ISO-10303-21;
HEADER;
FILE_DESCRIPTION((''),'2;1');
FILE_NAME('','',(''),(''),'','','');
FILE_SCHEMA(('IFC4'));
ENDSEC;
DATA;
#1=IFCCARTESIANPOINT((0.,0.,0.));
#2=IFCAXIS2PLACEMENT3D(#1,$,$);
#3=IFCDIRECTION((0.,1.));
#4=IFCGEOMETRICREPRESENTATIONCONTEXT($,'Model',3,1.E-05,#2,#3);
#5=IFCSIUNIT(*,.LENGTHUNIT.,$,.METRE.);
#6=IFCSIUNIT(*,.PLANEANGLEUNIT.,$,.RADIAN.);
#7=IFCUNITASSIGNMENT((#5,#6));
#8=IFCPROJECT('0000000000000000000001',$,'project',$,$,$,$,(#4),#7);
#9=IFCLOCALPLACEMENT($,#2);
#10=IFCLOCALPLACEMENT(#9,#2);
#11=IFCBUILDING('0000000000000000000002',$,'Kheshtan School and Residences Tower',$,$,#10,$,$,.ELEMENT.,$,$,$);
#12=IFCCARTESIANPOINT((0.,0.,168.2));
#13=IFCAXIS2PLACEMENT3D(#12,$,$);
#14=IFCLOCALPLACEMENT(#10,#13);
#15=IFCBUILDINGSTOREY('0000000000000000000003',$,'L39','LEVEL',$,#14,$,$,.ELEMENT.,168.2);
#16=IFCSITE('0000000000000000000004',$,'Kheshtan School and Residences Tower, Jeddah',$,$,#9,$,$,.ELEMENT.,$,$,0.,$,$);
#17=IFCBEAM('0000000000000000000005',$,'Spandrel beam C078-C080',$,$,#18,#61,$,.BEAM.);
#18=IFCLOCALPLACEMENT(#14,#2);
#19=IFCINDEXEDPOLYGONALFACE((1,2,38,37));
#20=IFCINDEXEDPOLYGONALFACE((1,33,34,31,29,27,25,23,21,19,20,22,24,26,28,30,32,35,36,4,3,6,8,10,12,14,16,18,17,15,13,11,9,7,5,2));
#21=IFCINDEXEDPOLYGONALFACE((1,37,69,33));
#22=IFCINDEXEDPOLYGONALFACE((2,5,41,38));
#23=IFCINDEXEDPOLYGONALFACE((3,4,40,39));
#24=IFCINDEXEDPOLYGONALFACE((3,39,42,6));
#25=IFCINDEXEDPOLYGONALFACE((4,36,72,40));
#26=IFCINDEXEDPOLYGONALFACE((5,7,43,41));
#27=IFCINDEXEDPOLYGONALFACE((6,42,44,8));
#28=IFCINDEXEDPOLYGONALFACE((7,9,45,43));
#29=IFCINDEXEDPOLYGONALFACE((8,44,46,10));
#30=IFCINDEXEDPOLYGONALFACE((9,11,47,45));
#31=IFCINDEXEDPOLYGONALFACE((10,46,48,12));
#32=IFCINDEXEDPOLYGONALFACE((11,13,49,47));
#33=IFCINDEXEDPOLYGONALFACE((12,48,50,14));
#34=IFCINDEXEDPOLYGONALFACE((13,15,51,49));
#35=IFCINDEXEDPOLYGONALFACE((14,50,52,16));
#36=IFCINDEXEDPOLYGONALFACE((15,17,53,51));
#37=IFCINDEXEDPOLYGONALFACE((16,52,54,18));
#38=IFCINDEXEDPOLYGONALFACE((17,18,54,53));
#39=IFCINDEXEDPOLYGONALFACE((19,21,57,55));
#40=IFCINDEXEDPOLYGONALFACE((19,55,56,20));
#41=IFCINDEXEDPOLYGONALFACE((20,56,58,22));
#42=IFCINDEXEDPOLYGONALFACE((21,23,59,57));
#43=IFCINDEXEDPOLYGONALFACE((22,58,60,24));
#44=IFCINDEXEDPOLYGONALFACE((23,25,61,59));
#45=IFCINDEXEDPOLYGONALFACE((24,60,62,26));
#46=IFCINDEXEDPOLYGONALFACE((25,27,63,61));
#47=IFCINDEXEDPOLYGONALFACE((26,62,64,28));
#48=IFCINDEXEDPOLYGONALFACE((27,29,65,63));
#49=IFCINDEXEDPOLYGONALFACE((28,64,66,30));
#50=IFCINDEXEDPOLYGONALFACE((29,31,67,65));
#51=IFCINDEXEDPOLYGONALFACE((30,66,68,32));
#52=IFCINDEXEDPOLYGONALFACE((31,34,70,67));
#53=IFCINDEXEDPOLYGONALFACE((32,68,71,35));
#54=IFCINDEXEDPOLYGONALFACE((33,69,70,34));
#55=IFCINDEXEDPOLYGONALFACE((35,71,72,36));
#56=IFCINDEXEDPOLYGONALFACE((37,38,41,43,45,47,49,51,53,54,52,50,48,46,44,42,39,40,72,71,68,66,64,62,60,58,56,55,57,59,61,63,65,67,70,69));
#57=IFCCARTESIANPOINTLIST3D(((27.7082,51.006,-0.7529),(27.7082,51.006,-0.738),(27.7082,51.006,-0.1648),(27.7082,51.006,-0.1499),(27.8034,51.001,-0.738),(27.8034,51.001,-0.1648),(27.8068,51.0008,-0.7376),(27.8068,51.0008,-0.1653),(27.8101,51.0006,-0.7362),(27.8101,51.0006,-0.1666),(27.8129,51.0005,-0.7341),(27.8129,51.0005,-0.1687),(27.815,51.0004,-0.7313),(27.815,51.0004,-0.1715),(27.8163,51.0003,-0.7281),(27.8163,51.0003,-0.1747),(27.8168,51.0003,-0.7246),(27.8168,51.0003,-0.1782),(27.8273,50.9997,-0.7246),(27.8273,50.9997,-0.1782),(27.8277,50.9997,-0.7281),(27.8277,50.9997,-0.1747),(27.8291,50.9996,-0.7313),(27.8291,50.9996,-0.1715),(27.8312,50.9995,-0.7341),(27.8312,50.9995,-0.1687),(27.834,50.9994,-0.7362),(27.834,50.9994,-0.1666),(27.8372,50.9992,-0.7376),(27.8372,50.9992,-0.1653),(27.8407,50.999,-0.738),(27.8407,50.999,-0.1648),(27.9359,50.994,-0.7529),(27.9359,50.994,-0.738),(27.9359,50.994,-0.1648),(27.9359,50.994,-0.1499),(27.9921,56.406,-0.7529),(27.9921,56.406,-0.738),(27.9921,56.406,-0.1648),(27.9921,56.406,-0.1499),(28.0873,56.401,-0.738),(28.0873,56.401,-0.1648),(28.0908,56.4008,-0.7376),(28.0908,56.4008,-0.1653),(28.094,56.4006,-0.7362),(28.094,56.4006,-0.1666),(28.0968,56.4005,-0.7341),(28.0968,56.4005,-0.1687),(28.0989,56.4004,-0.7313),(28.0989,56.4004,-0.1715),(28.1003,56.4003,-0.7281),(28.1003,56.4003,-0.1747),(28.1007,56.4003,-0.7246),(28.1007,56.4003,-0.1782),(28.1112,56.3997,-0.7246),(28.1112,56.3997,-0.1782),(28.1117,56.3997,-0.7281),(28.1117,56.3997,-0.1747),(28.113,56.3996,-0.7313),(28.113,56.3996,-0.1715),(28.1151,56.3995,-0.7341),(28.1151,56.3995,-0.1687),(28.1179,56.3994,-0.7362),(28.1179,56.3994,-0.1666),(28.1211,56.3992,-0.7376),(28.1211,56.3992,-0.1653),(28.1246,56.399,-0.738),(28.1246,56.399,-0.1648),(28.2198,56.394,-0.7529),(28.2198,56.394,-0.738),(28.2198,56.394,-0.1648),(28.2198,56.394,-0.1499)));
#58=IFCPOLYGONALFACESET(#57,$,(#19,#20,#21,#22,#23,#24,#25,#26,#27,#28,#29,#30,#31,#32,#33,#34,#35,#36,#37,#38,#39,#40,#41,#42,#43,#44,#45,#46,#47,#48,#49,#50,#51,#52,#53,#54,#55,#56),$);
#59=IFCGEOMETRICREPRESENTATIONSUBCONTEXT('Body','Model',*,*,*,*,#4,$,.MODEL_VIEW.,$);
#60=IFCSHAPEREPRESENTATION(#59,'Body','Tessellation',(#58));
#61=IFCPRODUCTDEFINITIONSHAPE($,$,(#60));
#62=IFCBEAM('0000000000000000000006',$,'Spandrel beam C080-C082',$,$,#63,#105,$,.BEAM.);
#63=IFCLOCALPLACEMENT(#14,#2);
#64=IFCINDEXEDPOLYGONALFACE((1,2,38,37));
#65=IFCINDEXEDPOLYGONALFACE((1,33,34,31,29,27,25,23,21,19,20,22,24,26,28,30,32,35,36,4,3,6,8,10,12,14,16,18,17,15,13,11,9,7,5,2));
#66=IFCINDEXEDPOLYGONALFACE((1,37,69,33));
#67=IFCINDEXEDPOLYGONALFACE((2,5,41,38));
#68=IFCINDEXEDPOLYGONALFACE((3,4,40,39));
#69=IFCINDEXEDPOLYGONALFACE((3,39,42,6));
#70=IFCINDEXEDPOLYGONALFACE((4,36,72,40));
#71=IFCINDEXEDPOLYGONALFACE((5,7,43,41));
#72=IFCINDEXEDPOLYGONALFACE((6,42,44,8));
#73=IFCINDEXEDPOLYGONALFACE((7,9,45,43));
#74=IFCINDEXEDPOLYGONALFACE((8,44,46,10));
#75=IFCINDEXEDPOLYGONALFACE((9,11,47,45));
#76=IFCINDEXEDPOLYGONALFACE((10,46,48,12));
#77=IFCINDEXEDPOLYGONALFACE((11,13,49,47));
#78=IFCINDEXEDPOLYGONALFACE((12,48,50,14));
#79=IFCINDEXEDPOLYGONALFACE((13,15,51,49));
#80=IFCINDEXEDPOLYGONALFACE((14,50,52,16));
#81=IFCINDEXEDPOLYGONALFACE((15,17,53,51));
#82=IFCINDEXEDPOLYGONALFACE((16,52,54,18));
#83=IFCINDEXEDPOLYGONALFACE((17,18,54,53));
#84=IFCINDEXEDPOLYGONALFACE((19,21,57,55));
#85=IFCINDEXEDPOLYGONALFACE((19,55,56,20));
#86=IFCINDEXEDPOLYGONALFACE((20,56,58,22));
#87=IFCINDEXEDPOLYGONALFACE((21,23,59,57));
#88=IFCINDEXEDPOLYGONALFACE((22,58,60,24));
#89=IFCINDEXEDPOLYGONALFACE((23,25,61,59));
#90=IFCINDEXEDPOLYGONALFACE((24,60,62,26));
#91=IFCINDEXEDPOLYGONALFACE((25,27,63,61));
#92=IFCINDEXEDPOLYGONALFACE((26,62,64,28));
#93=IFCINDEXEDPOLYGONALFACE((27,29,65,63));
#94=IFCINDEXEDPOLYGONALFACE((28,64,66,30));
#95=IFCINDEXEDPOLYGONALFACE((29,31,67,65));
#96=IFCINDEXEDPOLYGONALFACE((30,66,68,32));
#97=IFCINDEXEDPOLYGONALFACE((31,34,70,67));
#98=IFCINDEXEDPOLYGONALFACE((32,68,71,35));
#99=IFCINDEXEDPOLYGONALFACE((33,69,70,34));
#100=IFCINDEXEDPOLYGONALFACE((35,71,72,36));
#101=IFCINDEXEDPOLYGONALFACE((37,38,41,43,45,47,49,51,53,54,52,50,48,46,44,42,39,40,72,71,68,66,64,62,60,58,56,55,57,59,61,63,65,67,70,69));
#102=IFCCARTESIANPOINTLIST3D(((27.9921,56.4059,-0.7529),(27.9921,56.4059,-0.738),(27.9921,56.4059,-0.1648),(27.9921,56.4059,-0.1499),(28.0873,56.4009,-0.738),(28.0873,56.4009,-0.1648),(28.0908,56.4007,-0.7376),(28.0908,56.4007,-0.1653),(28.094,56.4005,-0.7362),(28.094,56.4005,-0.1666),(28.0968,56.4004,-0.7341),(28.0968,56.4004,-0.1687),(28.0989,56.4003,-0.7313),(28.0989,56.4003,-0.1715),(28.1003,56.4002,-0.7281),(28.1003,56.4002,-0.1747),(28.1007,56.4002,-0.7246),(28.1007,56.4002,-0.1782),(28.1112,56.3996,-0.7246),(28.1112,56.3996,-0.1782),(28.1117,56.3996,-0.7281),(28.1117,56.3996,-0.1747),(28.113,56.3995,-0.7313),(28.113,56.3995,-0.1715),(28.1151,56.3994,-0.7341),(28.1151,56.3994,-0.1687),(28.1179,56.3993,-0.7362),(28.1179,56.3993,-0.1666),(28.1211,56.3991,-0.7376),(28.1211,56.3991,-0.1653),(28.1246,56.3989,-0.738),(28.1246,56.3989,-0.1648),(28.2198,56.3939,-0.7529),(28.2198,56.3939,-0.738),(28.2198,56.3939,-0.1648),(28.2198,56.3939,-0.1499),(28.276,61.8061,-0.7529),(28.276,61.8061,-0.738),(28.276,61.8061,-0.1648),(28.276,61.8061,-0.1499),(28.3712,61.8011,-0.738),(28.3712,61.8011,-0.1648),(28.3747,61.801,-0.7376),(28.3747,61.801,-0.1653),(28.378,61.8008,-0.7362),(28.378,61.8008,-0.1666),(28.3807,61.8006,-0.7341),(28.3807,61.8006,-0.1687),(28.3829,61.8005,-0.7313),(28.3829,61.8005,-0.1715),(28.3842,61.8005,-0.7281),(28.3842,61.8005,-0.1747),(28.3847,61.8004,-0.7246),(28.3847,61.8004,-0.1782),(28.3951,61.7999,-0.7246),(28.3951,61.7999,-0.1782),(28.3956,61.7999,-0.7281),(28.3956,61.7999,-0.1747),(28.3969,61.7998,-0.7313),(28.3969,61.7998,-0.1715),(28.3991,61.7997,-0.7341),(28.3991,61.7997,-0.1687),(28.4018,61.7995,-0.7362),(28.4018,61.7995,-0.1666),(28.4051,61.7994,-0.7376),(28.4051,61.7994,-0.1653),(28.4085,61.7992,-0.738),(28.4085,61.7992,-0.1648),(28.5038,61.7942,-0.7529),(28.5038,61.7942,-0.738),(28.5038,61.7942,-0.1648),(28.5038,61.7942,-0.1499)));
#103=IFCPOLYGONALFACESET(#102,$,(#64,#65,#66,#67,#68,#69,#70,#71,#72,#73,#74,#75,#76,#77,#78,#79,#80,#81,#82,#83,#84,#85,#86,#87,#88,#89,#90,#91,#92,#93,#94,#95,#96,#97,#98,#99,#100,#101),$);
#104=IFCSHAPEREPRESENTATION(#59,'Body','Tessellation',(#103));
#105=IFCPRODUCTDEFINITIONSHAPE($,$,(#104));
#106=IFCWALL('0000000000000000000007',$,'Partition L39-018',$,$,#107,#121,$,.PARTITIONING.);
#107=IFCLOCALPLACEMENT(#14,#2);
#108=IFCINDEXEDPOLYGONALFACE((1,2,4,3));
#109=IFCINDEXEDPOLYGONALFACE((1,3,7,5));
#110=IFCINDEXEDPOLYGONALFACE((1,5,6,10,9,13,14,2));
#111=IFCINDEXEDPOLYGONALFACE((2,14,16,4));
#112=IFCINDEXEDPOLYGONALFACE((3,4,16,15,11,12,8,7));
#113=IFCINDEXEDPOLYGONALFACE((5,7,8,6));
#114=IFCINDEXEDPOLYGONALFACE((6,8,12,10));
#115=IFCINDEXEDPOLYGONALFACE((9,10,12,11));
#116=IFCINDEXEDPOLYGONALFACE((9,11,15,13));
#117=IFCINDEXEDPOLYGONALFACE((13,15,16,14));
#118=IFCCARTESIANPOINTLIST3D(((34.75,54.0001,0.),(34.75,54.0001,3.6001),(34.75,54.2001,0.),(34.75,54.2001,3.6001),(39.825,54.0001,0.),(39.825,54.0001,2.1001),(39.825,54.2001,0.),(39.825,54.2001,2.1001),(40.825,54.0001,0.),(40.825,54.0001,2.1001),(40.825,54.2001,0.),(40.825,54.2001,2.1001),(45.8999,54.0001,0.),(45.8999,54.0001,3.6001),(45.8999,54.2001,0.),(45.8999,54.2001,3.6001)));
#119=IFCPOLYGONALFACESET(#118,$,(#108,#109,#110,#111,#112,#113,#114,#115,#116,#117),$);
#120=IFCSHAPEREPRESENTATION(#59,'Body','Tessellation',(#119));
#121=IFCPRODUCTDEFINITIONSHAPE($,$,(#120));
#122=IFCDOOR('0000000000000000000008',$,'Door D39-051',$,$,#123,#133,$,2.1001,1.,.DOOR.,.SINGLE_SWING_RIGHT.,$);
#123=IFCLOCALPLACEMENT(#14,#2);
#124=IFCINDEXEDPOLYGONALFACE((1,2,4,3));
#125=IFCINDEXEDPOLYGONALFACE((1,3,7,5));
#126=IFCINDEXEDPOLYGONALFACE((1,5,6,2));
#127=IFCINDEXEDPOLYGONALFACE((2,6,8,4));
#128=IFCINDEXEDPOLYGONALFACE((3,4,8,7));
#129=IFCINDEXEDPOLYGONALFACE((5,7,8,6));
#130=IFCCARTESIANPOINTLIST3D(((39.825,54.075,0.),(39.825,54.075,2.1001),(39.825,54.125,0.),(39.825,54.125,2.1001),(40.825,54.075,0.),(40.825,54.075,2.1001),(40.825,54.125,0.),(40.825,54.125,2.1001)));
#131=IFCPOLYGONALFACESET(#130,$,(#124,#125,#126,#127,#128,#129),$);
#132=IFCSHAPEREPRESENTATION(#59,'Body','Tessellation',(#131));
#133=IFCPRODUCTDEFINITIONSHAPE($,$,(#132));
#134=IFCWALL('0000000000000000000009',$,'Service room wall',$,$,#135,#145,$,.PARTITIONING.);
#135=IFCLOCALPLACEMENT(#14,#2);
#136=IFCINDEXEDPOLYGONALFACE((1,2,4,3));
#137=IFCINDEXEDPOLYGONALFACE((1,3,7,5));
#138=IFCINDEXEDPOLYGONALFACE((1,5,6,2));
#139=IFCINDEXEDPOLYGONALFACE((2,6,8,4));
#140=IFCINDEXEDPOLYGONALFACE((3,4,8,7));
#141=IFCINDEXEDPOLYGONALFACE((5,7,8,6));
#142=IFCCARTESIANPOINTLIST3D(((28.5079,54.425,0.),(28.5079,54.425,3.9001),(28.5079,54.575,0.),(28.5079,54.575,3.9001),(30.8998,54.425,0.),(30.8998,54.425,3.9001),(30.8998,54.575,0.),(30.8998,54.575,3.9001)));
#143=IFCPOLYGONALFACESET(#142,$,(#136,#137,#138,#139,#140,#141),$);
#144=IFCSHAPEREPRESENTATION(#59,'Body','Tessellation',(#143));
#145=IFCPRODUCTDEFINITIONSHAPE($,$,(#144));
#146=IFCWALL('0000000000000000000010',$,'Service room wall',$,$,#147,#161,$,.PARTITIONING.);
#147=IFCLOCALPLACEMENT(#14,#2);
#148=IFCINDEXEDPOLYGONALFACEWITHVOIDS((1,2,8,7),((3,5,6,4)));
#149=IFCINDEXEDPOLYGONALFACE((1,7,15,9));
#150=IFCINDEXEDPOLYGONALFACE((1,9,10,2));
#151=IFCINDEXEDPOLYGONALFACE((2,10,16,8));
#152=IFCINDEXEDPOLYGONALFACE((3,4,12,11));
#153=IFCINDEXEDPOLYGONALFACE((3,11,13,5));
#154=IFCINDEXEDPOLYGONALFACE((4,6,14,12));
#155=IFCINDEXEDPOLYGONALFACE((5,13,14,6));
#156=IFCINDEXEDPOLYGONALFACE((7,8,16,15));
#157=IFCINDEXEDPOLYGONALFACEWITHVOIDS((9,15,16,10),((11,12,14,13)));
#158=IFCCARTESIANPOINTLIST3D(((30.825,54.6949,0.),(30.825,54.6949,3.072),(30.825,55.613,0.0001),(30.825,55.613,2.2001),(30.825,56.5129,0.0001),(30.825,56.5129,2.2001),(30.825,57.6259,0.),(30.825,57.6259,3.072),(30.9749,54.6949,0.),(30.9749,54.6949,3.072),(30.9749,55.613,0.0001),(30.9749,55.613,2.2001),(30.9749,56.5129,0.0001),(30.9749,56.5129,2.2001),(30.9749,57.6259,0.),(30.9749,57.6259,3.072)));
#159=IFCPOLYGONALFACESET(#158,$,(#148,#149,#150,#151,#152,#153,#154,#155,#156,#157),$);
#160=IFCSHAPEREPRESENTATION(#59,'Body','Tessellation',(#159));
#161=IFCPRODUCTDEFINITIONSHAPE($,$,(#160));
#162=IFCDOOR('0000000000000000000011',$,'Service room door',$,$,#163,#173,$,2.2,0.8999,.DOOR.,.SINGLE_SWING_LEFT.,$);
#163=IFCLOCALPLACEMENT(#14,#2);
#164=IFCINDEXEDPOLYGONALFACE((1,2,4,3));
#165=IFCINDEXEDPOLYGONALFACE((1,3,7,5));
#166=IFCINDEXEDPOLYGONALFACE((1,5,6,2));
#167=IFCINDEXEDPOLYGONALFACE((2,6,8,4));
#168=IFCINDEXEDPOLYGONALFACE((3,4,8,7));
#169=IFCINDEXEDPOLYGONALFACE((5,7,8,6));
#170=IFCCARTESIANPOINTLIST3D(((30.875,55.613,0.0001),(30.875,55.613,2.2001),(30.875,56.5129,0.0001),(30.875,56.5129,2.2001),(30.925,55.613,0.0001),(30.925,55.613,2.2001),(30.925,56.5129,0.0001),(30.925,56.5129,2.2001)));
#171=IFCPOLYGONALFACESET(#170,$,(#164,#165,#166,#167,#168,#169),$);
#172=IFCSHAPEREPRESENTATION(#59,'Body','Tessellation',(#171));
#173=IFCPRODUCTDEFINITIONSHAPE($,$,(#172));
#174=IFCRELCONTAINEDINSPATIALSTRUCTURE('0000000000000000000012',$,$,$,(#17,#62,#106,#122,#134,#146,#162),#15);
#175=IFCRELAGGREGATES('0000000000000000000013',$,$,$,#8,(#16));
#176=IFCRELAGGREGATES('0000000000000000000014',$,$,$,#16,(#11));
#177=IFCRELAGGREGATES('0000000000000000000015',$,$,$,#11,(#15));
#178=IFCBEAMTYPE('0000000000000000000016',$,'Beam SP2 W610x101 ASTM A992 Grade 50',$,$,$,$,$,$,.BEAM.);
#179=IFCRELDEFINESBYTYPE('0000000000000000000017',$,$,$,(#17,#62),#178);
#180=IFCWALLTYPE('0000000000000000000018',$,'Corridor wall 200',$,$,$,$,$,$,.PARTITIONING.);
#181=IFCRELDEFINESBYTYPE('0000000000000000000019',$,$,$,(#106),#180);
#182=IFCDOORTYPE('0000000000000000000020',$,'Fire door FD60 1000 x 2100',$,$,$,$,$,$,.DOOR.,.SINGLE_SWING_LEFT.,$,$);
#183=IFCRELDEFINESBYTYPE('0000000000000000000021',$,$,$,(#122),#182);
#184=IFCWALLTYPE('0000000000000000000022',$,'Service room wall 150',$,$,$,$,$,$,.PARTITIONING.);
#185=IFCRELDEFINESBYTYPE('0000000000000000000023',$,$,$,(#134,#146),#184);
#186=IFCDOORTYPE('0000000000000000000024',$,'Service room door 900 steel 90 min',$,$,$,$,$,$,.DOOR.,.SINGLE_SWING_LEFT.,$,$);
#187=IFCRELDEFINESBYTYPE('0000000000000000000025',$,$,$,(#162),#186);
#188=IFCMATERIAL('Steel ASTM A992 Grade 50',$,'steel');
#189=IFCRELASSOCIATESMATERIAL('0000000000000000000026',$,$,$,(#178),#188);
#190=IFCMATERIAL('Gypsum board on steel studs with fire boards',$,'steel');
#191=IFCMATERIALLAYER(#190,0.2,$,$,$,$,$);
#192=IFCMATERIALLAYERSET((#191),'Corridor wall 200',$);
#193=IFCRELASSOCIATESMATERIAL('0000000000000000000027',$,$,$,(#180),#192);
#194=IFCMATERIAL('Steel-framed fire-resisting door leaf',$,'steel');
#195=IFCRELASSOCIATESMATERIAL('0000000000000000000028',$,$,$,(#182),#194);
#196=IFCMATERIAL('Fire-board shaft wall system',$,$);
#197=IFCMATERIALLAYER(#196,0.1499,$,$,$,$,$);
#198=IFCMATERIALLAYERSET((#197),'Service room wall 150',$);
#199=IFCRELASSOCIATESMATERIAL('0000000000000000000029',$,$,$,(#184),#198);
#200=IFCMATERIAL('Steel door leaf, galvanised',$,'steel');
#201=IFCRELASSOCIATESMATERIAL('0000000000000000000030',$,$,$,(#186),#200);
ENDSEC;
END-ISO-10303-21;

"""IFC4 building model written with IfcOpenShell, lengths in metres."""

from ifc_helpers import new_model, si_unit, direction, frame, frame_2d, origin, origin_2d, place, context, subcontext, project, spatial, rectangle, i_section, extrude, source, transform, mapped, material, layer, layer_set, material_profile, profile_set, type_object, element, fill, save


model = new_model("IFC4")

# Units and contexts
model_context = context("Model", 3, precision=1e-05, world=origin(), true_north=direction((0.0, 1.0)))
body_context = subcontext(model_context, "Body", "Model", "MODEL_VIEW")
ifc_project = project(units=[si_unit("LENGTHUNIT", "METRE"), si_unit("PLANEANGLEUNIT", "RADIAN")], contexts=[model_context])

# Site, building, storey
site_placement = place(None, origin())
site = spatial("IfcSite", under=ifc_project, at=site_placement, Name="Kheshtan School and Residences Tower, Jeddah", CompositionType="ELEMENT", RefElevation=0.0)
building_placement = place(site_placement, origin())
building = spatial("IfcBuilding", under=site, at=building_placement, Name="Kheshtan School and Residences Tower", CompositionType="ELEMENT")
storey_placement = place(building_placement, frame((0.0, 0.0, 168.2)))
storey = spatial("IfcBuildingStorey", under=building, at=storey_placement, Name="L39", Description="LEVEL", CompositionType="ELEMENT", Elevation=168.2)

# Shared definitions
ifc_material_1 = material(Name="Steel ASTM A992 Grade 50", Category="steel")

# Beams
ifc_material_profile_1 = material_profile(ifc_material_1, i_section(OverallWidth=0.228, OverallDepth=0.603, WebThickness=0.0105, FlangeThickness=0.0149, FilletRadius=0.0134, at=origin_2d()), Name="W610x101")
ifc_profile_set_1 = profile_set([ifc_material_profile_1], Name="Steel ASTM A992 Grade 50")
beam_type = type_object("IfcBeamType", Name="Beam SP2 W610x101 ASTM A992 Grade 50", PredefinedType="BEAM", material=ifc_profile_set_1)
for number, where, z_axis, x_axis, name in (
    (1, (27.822, 51.0, -0.4514), (0.052509, 0.99862, 0.0), (-0.99862, 0.052509, 0.0), "Spandrel beam C078-C080"),
):
    element("IfcBeam", number, at=place(storey_placement, frame(where, z_axis=z_axis, x_axis=x_axis)), inside=storey, type_object=beam_type, Name=name, PredefinedType="BEAM", context=body_context, shape_type="SweptSolid", body=[
        extrude(i_section(OverallWidth=0.228, OverallDepth=0.603, WebThickness=0.0105, FlangeThickness=0.0149, FilletRadius=0.0134, at=origin_2d()), origin(), (0.0, 0.0, 1.0), 5.4075),
    ])
beam_placement = place(storey_placement, frame((28.106, 56.3999, -0.4514), z_axis=(0.052507, 0.998621, 0.0), x_axis=(-0.998621, 0.052507, 0.0)))
element("IfcBeam", 2, at=beam_placement, inside=storey, type_object=beam_type, Name="Spandrel beam C080-C082", PredefinedType="BEAM", context=body_context, shape_type="SweptSolid", body=[
    extrude(i_section(OverallWidth=0.228, OverallDepth=0.603, WebThickness=0.0105, FlangeThickness=0.0149, FilletRadius=0.0134, at=origin_2d()), origin(), (0.0, 0.0, 1.0), 5.4077),
])

# Wall, opening, door
ifc_material_2 = material(Name="Gypsum board on steel studs with fire boards", Category="steel")
ifc_layer_1 = layer(ifc_material_2, 0.2)
ifc_layer_set_1 = layer_set([ifc_layer_1], Name="Corridor wall 200")
wall_type_1 = type_object("IfcWallType", Name="Corridor wall 200", PredefinedType="PARTITIONING", material=ifc_layer_set_1)
wall_1_placement = place(storey_placement, frame((34.75, 54.1001, 0.0), z_axis=(0.0, 0.0, 1.0), x_axis=(1.0, 0.0, 0.0)))
wall_1 = element("IfcWall", 3, at=wall_1_placement, inside=storey, type_object=wall_type_1, Name="Partition L39-018", PredefinedType="PARTITIONING", context=body_context, shape_type="SweptSolid", body=[
    extrude(rectangle(XDim=11.1499, YDim=0.2, at=frame_2d((5.575, 0.0))), origin(), (0.0, 0.0, 1.0), 3.6001),
])
opening_1_placement = place(wall_1_placement, frame((5.075, 0.0, 0.0)))
opening_1 = element("IfcOpeningElement", 4, at=opening_1_placement, cuts=wall_1, PredefinedType="OPENING", context=body_context, shape_type="SweptSolid", body=[
    extrude(rectangle(XDim=1.0, YDim=2.1001, at=frame_2d((0.5, 1.05))), frame((0.0, 0.1099, 0.0), z_axis=(0.0, -1.0, 0.0), x_axis=(1.0, 0.0, 0.0)), (0.0, 0.0, 1.0), 0.22),
])
ifc_material_3 = material(Name="Steel-framed fire-resisting door leaf", Category="steel")
door_type_1 = type_object("IfcDoorType", Name="Fire door FD60 1000 x 2100", OperationType="SINGLE_SWING_LEFT", PredefinedType="DOOR", material=ifc_material_3)
shared_shape_1 = source(origin(), body_context, "Body", "SweptSolid", [
    extrude(rectangle(XDim=1.0, YDim=2.1001, at=frame_2d((0.5, 1.05))), frame((0.0, 0.0249, 0.0), z_axis=(0.0, -1.0, 0.0), x_axis=(1.0, 0.0, 0.0)), (0.0, 0.0, 1.0), 0.05),
])
door_1_placement = place(opening_1_placement, origin())
door_1 = element("IfcDoor", 5, at=door_1_placement, inside=storey, type_object=door_type_1, Name="Door D39-051", OperationType="SINGLE_SWING_RIGHT", OverallHeight=2.1001, OverallWidth=1.0, PredefinedType="DOOR", context=body_context, shape_type="MappedRepresentation", body=[
    mapped(shared_shape_1, transform((0.0, 0.0, 0.0), x_axis=(1.0, 0.0, 0.0), y_axis=(0.0, 1.0, 0.0), z_axis=(0.0, 0.0, 1.0), scale=1.0)),
])
fill(opening_1, door_1)

# Wall
ifc_material_4 = material(Name="Fire-board shaft wall system")
ifc_layer_2 = layer(ifc_material_4, 0.1499)
ifc_layer_set_2 = layer_set([ifc_layer_2], Name="Service room wall 150")
wall_type_2 = type_object("IfcWallType", Name="Service room wall 150", PredefinedType="PARTITIONING", material=ifc_layer_set_2)
wall_2_placement = place(storey_placement, frame((28.5081, 54.5, 0.0), z_axis=(0.0, 0.0, 1.0), x_axis=(1.0, 0.0, 0.0)))
element("IfcWall", 6, at=wall_2_placement, inside=storey, type_object=wall_type_2, Name="Service room wall", PredefinedType="PARTITIONING", context=body_context, shape_type="SweptSolid", body=[
    extrude(rectangle(XDim=2.3918, YDim=0.1499, at=frame_2d((1.1958, 0.0))), origin(), (0.0, 0.0, 1.0), 3.9001),
])

# Wall, opening, door
wall_3_placement = place(storey_placement, frame((30.8999, 54.6951, 0.0), z_axis=(0.0, 0.0, 1.0), x_axis=(0.0, 1.0, 0.0)))
wall_3 = element("IfcWall", 7, at=wall_3_placement, inside=storey, type_object=wall_type_2, Name="Service room wall", PredefinedType="PARTITIONING", context=body_context, shape_type="SweptSolid", body=[
    extrude(rectangle(XDim=2.9309, YDim=0.1499, at=frame_2d((1.4653, 0.0))), origin(), (0.0, 0.0, 1.0), 3.072),
])
opening_2_placement = place(wall_3_placement, frame((0.918, 0.0, 0.0)))
opening_2 = element("IfcOpeningElement", 8, at=opening_2_placement, cuts=wall_3, PredefinedType="OPENING", context=body_context, shape_type="SweptSolid", body=[
    extrude(rectangle(XDim=0.8999, YDim=2.2, at=frame_2d((0.45, 1.1001))), frame((0.0, 0.085, 0.0), z_axis=(0.0, -1.0, 0.0), x_axis=(1.0, 0.0, 0.0)), (0.0, 0.0, 1.0), 0.1699),
])
ifc_material_5 = material(Name="Steel door leaf, galvanised", Category="steel")
door_type_2 = type_object("IfcDoorType", Name="Service room door 900 steel 90 min", OperationType="SINGLE_SWING_LEFT", PredefinedType="DOOR", material=ifc_material_5)
shared_shape_2 = source(origin(), body_context, "Body", "SweptSolid", [
    extrude(rectangle(XDim=0.8999, YDim=2.2, at=frame_2d((0.45, 1.1001))), frame((0.0, 0.0249, 0.0), z_axis=(0.0, -1.0, 0.0), x_axis=(1.0, 0.0, 0.0)), (0.0, 0.0, 1.0), 0.05),
])
door_2_placement = place(opening_2_placement, origin())
door_2 = element("IfcDoor", 9, at=door_2_placement, inside=storey, type_object=door_type_2, Name="Service room door", OperationType="SINGLE_SWING_LEFT", OverallHeight=2.2, OverallWidth=0.8999, PredefinedType="DOOR", context=body_context, shape_type="MappedRepresentation", body=[
    mapped(shared_shape_2, transform((0.0, 0.0, 0.0), x_axis=(1.0, 0.0, 0.0), y_axis=(0.0, 1.0, 0.0), z_axis=(0.0, 0.0, 1.0), scale=1.0)),
])
fill(opening_2, door_2)

save(model, "model.ifc")
